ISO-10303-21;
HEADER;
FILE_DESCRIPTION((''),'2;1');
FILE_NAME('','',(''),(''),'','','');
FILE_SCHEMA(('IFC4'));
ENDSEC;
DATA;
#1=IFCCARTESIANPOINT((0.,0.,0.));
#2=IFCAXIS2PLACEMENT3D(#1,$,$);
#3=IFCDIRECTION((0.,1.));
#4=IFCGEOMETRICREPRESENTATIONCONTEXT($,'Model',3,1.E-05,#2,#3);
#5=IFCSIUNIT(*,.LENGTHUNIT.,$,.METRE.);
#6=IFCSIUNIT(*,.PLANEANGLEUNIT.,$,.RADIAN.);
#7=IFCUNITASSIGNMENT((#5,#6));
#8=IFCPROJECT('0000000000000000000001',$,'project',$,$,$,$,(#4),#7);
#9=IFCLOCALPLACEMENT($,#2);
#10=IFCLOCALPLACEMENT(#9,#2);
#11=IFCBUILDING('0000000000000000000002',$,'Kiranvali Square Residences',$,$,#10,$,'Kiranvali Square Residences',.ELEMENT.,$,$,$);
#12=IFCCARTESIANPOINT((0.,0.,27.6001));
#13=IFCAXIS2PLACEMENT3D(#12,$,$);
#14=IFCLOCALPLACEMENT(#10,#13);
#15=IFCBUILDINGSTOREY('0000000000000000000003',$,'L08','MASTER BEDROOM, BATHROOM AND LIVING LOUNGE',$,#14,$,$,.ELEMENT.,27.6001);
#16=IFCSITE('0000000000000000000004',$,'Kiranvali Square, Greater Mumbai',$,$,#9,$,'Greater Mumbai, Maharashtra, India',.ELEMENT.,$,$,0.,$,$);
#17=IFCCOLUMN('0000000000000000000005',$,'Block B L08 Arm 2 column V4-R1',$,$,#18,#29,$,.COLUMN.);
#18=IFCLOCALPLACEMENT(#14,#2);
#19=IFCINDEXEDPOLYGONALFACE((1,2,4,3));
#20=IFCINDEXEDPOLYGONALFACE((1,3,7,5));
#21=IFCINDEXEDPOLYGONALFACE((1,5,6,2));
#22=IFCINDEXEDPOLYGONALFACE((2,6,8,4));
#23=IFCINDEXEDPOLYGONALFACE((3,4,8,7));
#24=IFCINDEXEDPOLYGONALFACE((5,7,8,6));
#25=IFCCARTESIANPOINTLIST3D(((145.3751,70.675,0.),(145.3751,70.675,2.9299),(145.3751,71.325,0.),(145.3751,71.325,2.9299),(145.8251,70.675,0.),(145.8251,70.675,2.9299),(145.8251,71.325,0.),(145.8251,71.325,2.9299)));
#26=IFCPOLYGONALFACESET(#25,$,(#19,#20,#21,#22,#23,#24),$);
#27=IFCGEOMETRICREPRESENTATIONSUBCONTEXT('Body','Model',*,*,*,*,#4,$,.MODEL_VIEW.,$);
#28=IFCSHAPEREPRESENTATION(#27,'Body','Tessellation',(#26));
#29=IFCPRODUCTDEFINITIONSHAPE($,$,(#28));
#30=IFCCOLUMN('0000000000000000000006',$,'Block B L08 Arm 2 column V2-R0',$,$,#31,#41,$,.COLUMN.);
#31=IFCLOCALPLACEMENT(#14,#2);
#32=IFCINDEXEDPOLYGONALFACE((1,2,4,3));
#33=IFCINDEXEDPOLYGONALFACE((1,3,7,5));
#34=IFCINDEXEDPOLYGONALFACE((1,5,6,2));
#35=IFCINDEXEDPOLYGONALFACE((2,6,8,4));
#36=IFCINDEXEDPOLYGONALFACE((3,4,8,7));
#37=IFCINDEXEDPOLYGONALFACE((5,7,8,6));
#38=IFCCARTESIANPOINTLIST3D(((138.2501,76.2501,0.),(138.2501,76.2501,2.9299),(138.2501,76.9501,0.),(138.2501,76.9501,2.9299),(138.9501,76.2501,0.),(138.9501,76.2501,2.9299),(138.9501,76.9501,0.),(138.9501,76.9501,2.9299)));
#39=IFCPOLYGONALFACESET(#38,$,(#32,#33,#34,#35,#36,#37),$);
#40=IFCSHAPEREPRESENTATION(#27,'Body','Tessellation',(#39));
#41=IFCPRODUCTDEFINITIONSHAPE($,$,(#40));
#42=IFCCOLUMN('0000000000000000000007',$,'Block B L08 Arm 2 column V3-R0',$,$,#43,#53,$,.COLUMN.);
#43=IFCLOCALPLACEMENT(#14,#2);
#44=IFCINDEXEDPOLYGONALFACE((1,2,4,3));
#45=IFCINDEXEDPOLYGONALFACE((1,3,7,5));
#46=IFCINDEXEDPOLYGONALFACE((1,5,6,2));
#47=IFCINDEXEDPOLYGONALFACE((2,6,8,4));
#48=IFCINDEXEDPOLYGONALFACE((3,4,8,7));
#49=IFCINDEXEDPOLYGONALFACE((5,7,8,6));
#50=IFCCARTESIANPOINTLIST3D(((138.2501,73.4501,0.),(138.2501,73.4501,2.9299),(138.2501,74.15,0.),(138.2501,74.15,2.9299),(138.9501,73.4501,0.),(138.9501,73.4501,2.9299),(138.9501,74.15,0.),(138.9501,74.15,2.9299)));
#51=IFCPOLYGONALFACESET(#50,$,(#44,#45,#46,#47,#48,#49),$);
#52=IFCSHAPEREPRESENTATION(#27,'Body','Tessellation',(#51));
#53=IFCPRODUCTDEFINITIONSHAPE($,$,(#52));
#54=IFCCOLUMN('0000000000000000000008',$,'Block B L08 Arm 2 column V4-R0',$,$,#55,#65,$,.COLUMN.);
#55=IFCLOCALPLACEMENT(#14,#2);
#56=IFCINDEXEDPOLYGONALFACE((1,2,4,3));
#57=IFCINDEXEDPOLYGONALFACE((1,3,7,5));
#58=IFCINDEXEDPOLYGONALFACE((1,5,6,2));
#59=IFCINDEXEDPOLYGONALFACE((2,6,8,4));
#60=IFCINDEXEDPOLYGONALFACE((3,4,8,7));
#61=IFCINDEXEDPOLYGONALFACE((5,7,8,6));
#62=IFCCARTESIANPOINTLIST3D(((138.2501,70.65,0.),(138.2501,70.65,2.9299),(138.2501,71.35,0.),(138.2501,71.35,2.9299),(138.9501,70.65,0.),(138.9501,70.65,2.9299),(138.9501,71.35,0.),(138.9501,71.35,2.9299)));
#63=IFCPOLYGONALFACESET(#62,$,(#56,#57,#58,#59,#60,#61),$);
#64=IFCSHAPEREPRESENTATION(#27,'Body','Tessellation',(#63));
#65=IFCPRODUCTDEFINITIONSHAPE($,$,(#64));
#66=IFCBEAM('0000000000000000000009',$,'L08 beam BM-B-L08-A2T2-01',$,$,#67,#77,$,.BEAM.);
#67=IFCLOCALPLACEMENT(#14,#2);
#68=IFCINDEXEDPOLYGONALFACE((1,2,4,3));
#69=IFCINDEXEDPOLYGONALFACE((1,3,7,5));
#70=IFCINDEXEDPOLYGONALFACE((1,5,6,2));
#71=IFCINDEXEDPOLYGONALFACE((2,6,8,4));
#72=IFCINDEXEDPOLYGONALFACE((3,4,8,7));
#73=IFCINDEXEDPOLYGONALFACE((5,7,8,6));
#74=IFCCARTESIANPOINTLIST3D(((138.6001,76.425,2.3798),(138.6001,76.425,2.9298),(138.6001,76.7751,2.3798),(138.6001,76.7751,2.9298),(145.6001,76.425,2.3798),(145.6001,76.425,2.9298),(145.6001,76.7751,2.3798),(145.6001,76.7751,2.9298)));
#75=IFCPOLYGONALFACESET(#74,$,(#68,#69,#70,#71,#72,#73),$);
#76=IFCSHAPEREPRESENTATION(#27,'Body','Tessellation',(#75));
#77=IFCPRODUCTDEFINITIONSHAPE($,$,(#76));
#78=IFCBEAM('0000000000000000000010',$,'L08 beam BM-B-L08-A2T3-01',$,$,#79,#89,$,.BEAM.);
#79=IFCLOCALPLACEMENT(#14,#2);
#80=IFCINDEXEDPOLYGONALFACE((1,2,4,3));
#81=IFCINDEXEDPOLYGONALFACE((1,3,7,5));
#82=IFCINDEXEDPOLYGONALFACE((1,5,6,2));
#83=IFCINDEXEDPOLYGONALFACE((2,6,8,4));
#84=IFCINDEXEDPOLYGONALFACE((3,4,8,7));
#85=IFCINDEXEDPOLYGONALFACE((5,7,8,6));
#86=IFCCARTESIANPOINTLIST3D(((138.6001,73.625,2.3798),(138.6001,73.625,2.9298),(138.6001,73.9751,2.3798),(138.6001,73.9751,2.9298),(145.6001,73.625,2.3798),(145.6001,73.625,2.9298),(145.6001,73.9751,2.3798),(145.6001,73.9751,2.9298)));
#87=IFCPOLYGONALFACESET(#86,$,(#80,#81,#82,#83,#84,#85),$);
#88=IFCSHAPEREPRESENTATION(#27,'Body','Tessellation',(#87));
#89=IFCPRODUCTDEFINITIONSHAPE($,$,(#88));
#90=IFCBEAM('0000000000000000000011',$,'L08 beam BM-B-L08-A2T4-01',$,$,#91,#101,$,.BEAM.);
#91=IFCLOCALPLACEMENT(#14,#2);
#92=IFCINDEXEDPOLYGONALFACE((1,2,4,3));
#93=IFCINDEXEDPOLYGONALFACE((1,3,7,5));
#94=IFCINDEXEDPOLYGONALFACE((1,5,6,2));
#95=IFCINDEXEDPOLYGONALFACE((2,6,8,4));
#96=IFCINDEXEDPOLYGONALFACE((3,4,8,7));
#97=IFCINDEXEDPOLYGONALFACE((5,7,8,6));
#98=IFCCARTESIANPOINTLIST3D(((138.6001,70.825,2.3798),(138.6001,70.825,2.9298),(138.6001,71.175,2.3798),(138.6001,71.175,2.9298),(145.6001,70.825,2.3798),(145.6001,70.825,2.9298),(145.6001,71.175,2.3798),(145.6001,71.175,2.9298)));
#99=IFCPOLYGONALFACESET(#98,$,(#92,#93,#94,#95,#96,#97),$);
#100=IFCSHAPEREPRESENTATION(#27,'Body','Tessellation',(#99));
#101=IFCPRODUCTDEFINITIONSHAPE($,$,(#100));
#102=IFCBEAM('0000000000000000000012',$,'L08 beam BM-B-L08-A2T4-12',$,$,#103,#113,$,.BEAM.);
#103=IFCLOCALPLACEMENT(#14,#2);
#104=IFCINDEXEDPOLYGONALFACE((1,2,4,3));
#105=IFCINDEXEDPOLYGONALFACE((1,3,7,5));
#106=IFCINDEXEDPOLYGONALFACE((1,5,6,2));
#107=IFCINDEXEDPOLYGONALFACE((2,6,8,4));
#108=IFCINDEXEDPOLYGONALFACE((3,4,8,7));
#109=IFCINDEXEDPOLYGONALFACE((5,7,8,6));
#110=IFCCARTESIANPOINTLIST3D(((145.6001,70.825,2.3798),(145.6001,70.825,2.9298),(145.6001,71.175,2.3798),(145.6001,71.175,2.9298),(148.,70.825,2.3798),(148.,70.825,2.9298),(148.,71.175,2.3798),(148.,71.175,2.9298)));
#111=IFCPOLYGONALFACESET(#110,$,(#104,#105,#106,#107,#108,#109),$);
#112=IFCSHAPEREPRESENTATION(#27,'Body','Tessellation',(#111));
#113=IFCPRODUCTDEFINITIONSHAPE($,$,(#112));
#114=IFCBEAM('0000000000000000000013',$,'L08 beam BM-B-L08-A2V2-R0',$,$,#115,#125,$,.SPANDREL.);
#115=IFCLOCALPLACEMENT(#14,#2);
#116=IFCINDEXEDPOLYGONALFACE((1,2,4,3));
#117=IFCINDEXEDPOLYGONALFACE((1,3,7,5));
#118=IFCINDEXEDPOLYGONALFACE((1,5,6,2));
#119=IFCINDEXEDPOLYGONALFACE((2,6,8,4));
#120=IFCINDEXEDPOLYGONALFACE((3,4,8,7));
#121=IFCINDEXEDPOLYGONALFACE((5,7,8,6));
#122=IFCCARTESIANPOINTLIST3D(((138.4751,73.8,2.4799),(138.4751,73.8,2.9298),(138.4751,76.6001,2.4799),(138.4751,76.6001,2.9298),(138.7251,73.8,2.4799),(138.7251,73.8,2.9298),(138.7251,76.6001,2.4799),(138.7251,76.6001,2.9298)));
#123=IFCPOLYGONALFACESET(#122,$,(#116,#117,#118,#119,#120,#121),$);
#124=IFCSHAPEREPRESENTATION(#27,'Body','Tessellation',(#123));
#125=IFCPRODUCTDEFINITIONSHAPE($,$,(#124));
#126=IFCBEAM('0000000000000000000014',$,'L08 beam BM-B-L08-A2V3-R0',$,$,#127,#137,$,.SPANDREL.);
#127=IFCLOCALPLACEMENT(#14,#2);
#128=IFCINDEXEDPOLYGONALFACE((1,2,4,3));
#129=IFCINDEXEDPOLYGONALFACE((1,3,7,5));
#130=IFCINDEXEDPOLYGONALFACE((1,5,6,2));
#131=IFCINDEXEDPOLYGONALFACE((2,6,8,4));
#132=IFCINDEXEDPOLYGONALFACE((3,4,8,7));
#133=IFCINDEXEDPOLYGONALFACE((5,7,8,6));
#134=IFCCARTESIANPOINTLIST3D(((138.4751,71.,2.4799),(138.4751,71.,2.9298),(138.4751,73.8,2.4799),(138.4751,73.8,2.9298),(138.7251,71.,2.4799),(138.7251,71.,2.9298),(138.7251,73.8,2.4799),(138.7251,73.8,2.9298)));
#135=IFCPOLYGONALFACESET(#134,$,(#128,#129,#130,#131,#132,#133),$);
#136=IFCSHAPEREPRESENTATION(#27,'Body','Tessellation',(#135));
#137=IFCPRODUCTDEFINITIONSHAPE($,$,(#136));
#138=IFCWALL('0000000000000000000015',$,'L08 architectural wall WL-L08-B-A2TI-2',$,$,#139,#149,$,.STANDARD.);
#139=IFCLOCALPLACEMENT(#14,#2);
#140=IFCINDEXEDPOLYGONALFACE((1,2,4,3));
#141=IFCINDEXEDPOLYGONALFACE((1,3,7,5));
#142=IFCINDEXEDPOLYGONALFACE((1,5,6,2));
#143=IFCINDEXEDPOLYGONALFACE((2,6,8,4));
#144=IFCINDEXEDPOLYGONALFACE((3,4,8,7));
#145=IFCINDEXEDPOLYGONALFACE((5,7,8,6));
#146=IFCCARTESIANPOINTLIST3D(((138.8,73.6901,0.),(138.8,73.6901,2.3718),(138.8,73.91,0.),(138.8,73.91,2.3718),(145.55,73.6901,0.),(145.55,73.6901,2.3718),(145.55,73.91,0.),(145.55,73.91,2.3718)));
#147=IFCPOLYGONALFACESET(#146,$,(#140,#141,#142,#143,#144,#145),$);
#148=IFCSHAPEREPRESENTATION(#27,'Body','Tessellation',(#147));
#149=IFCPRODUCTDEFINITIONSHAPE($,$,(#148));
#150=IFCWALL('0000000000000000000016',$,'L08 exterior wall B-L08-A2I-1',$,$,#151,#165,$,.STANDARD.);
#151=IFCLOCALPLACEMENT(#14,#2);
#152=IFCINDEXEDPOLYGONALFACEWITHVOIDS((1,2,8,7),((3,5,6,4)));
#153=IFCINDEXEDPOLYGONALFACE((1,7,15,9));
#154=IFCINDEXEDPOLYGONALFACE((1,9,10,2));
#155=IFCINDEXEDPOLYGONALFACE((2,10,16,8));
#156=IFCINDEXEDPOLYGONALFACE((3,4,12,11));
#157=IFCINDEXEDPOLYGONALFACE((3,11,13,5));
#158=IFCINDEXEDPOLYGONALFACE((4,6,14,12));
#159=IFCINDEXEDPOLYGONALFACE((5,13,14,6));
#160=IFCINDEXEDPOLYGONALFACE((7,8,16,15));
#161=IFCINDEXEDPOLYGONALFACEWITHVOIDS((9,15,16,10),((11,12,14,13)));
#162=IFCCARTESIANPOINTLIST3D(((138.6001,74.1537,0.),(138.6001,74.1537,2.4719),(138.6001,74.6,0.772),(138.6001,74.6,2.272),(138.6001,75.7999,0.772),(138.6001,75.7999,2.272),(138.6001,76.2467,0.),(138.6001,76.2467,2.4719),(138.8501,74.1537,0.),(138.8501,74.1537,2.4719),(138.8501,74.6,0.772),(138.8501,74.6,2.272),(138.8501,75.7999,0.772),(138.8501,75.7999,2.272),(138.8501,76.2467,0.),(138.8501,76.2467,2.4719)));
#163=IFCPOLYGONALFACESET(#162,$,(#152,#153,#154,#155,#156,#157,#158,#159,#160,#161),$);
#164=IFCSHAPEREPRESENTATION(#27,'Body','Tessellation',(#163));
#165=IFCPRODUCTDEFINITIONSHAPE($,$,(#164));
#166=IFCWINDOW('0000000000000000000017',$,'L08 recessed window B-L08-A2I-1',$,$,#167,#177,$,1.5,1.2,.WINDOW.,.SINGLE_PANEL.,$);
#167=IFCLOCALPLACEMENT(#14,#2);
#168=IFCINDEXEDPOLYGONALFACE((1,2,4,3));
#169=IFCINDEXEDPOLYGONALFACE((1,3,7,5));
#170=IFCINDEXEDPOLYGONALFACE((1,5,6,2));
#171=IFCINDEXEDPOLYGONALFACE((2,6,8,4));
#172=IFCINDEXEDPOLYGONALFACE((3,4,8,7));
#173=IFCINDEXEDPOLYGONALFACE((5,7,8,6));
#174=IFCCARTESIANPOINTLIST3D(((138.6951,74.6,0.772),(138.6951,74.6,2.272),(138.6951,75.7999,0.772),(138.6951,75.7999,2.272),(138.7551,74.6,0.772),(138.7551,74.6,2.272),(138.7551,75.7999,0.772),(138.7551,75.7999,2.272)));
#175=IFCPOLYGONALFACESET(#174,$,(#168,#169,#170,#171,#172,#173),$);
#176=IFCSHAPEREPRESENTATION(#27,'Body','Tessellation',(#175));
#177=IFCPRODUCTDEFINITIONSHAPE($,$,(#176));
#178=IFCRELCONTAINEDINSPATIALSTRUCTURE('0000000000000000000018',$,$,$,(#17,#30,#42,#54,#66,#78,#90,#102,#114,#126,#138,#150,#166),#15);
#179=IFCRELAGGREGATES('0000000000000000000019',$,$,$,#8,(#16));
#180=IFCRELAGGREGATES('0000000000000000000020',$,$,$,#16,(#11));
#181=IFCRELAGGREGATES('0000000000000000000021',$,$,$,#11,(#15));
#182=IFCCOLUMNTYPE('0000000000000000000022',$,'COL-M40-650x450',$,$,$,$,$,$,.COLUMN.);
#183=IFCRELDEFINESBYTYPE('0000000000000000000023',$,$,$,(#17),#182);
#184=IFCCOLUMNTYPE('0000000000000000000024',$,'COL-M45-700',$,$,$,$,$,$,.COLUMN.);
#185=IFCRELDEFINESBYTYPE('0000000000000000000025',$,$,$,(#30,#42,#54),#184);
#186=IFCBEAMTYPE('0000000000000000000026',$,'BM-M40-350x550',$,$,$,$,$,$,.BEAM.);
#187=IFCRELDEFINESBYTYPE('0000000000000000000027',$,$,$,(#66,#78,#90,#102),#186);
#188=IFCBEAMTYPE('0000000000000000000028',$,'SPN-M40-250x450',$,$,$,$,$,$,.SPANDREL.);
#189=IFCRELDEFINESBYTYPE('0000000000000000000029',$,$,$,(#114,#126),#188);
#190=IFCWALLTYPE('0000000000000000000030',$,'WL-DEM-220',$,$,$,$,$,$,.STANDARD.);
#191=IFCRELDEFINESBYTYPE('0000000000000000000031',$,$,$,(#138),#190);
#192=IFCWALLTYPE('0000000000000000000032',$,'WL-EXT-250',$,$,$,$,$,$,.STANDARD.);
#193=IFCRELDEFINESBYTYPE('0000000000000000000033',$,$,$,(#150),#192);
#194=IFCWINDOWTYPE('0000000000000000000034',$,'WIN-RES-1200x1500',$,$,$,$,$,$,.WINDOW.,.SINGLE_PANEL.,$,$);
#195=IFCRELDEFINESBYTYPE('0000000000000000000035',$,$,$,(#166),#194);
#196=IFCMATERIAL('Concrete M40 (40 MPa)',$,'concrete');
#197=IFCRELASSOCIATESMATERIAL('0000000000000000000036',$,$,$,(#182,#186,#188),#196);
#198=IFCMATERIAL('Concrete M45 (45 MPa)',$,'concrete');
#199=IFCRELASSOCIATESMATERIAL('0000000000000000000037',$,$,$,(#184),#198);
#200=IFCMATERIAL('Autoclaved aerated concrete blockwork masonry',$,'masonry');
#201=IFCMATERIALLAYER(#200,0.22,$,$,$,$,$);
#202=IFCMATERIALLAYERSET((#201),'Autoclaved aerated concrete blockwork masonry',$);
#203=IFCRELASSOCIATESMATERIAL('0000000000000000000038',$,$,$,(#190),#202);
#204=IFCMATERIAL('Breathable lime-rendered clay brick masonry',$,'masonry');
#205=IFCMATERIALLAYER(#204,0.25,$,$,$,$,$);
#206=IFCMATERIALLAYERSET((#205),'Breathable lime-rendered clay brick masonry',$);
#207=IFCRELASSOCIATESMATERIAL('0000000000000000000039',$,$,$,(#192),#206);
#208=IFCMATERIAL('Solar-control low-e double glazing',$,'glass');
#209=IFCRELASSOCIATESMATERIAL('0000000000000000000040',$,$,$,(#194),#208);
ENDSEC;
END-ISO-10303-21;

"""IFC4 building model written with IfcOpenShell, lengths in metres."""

from ifc_helpers import new_model, si_unit, direction, frame, frame_2d, origin, origin_2d, place, context, subcontext, project, spatial, rectangle, extrude, material, layer, layer_set, material_profile, profile_set, type_object, element, fill, save


model = new_model("IFC4")

# Units and contexts
model_context = context("Model", 3, precision=1e-05, world=origin(), true_north=direction((0.0, 1.0)))
body_context = subcontext(model_context, "Body", "Model", "MODEL_VIEW")
ifc_project = project(units=[si_unit("LENGTHUNIT", "METRE"), si_unit("PLANEANGLEUNIT", "RADIAN")], contexts=[model_context])

# Site, building, storey
site_placement = place(None, origin())
site = spatial("IfcSite", under=ifc_project, at=site_placement, Name="Kiranvali Square, Greater Mumbai", LongName="Greater Mumbai, Maharashtra, India", CompositionType="ELEMENT", RefElevation=0.0)
building_placement = place(site_placement, origin())
building = spatial("IfcBuilding", under=site, at=building_placement, Name="Kiranvali Square Residences", LongName="Kiranvali Square Residences", CompositionType="ELEMENT")
storey_placement = place(building_placement, frame((0.0, 0.0, 27.6001)))
storey = spatial("IfcBuildingStorey", under=building, at=storey_placement, Name="L08", Description="MASTER BEDROOM, BATHROOM AND LIVING LOUNGE", CompositionType="ELEMENT", Elevation=27.6001)

# Columns
ifc_material_1 = material(Name="Concrete M40 (40 MPa)", Category="concrete")
ifc_material_profile_1 = material_profile(ifc_material_1, rectangle(XDim=0.45, YDim=0.6499, at=origin_2d()), Name="RC 650x450")
ifc_profile_set_1 = profile_set([ifc_material_profile_1], Name="Concrete M40 (40 MPa)")
column_type_1 = type_object("IfcColumnType", Name="COL-M40-650x450", PredefinedType="COLUMN", material=ifc_profile_set_1)
column_placement = place(storey_placement, frame((145.6001, 71.0, 0.0), z_axis=(0.0, 0.0, 1.0), x_axis=(1.0, 0.0, 0.0)))
element("IfcColumn", 1, at=column_placement, inside=storey, type_object=column_type_1, Name="Block B L08 Arm 2 column V4-R1", PredefinedType="COLUMN", context=body_context, shape_type="SweptSolid", body=[
    extrude(rectangle(XDim=0.45, YDim=0.6499, at=origin_2d()), origin(), (0.0, 0.0, 1.0), 2.9299),
])
ifc_material_2 = material(Name="Concrete M45 (45 MPa)", Category="concrete")
ifc_material_profile_2 = material_profile(ifc_material_2, rectangle(XDim=0.7, YDim=0.7, at=origin_2d()), Name="RC 700x700")
ifc_profile_set_2 = profile_set([ifc_material_profile_2], Name="Concrete M45 (45 MPa)")
column_type_2 = type_object("IfcColumnType", Name="COL-M45-700", PredefinedType="COLUMN", material=ifc_profile_set_2)
for number, where, z_axis, x_axis, name in (
    (2, (138.6001, 76.6001, 0.0), (0.0, 0.0, 1.0), (1.0, 0.0, 0.0), "Block B L08 Arm 2 column V2-R0"),
    (3, (138.6001, 73.8, 0.0), (0.0, 0.0, 1.0), (1.0, 0.0, 0.0), "Block B L08 Arm 2 column V3-R0"),
    (4, (138.6001, 71.0, 0.0), (0.0, 0.0, 1.0), (1.0, 0.0, 0.0), "Block B L08 Arm 2 column V4-R0"),
):
    element("IfcColumn", number, at=place(storey_placement, frame(where, z_axis=z_axis, x_axis=x_axis)), inside=storey, type_object=column_type_2, Name=name, PredefinedType="COLUMN", context=body_context, shape_type="SweptSolid", body=[
        extrude(rectangle(XDim=0.7, YDim=0.7, at=origin_2d()), origin(), (0.0, 0.0, 1.0), 2.9299),
    ])

# Beams
ifc_material_profile_3 = material_profile(ifc_material_1, rectangle(XDim=0.3501, YDim=0.55, at=origin_2d()), Name="RC 350x550")
ifc_profile_set_3 = profile_set([ifc_material_profile_3], Name="Concrete M40 (40 MPa)")
beam_type_1 = type_object("IfcBeamType", Name="BM-M40-350x550", PredefinedType="BEAM", material=ifc_profile_set_3)
for number, where, z_axis, x_axis, name in (
    (5, (138.6001, 76.6001, 2.6548), (1.0, 0.0, 0.0), (0.0, 1.0, 0.0), "L08 beam BM-B-L08-A2T2-01"),
    (6, (138.6001, 73.8, 2.6548), (1.0, 0.0, 0.0), (0.0, 1.0, 0.0), "L08 beam BM-B-L08-A2T3-01"),
    (7, (138.6001, 71.0, 2.6548), (1.0, 0.0, 0.0), (0.0, 1.0, 0.0), "L08 beam BM-B-L08-A2T4-01"),
):
    element("IfcBeam", number, at=place(storey_placement, frame(where, z_axis=z_axis, x_axis=x_axis)), inside=storey, type_object=beam_type_1, Name=name, PredefinedType="BEAM", context=body_context, shape_type="SweptSolid", body=[
        extrude(rectangle(XDim=0.3501, YDim=0.55, at=origin_2d()), origin(), (0.0, 0.0, 1.0), 7.0),
    ])
beam_placement = place(storey_placement, frame((145.6001, 71.0, 2.6548), z_axis=(1.0, 0.0, 0.0), x_axis=(0.0, 1.0, 0.0)))
element("IfcBeam", 8, at=beam_placement, inside=storey, type_object=beam_type_1, Name="L08 beam BM-B-L08-A2T4-12", PredefinedType="BEAM", context=body_context, shape_type="SweptSolid", body=[
    extrude(rectangle(XDim=0.3501, YDim=0.55, at=origin_2d()), origin(), (0.0, 0.0, 1.0), 2.3999),
])
ifc_material_profile_4 = material_profile(ifc_material_1, rectangle(XDim=0.25, YDim=0.45, at=origin_2d()), Name="RC 250x450")
ifc_profile_set_4 = profile_set([ifc_material_profile_4], Name="Concrete M40 (40 MPa)")
beam_type_2 = type_object("IfcBeamType", Name="SPN-M40-250x450", PredefinedType="SPANDREL", material=ifc_profile_set_4)
for number, where, z_axis, x_axis, name in (
    (9, (138.6001, 76.6001, 2.7048), (0.0, -1.0, 0.0), (1.0, 0.0, 0.0), "L08 beam BM-B-L08-A2V2-R0"),
    (10, (138.6001, 73.8, 2.7048), (0.0, -1.0, 0.0), (1.0, 0.0, 0.0), "L08 beam BM-B-L08-A2V3-R0"),
):
    element("IfcBeam", number, at=place(storey_placement, frame(where, z_axis=z_axis, x_axis=x_axis)), inside=storey, type_object=beam_type_2, Name=name, PredefinedType="SPANDREL", context=body_context, shape_type="SweptSolid", body=[
        extrude(rectangle(XDim=0.25, YDim=0.45, at=origin_2d()), origin(), (0.0, 0.0, 1.0), 2.8),
    ])

# Wall
ifc_material_3 = material(Name="Autoclaved aerated concrete blockwork masonry", Category="masonry")
ifc_layer_1 = layer(ifc_material_3, 0.22)
ifc_layer_set_1 = layer_set([ifc_layer_1], Name="Autoclaved aerated concrete blockwork masonry")
wall_type_1 = type_object("IfcWallType", Name="WL-DEM-220", PredefinedType="STANDARD", material=ifc_layer_set_1)
wall_1_placement = place(storey_placement, frame((138.8, 73.8, 0.0), z_axis=(0.0, 0.0, 1.0), x_axis=(1.0, 0.0, 0.0)))
element("IfcWall", 11, at=wall_1_placement, inside=storey, type_object=wall_type_1, Name="L08 architectural wall WL-L08-B-A2TI-2", PredefinedType="STANDARD", context=body_context, shape_type="SweptSolid", body=[
    extrude(rectangle(XDim=6.75, YDim=0.22, at=frame_2d((3.375, 0.0))), origin(), (0.0, 0.0, 1.0), 2.3718),
])

# Wall, opening, window
ifc_material_4 = material(Name="Breathable lime-rendered clay brick masonry", Category="masonry")
ifc_layer_2 = layer(ifc_material_4, 0.25)
ifc_layer_set_2 = layer_set([ifc_layer_2], Name="Breathable lime-rendered clay brick masonry")
wall_type_2 = type_object("IfcWallType", Name="WL-EXT-250", PredefinedType="STANDARD", material=ifc_layer_set_2)
wall_2_placement = place(storey_placement, frame((138.7251, 76.2466, 0.0), z_axis=(0.0, 0.0, 1.0), x_axis=(0.0, -1.0, 0.0)))
wall_2 = element("IfcWall", 12, at=wall_2_placement, inside=storey, type_object=wall_type_2, Name="L08 exterior wall B-L08-A2I-1", PredefinedType="STANDARD", context=body_context, shape_type="SweptSolid", body=[
    extrude(rectangle(XDim=2.093, YDim=0.25, at=frame_2d((1.0464, 0.0))), origin(), (0.0, 0.0, 1.0), 2.4719),
])
opening_1_placement = place(wall_2_placement, frame((0.4465, 0.0, 0.772)))
opening_1 = element("IfcOpeningElement", 13, at=opening_1_placement, cuts=wall_2, PredefinedType="OPENING", context=body_context, shape_type="SweptSolid", body=[
    extrude(rectangle(XDim=1.2, YDim=1.5, at=frame_2d((0.6001, 0.75))), frame((0.0, 0.135, 0.0), z_axis=(0.0, -1.0, 0.0), x_axis=(1.0, 0.0, 0.0)), (0.0, 0.0, 1.0), 0.27),
])
ifc_material_5 = material(Name="Solar-control low-e double glazing", Category="glass")
window_type_1 = type_object("IfcWindowType", Name="WIN-RES-1200x1500", PartitioningType="SINGLE_PANEL", PredefinedType="WINDOW", material=ifc_material_5)
window_1_placement = place(opening_1_placement, origin())
window_1 = element("IfcWindow", 14, at=window_1_placement, inside=storey, type_object=window_type_1, Name="L08 recessed window B-L08-A2I-1", OverallHeight=1.5, OverallWidth=1.2, PartitioningType="SINGLE_PANEL", PredefinedType="WINDOW", context=body_context, shape_type="SweptSolid", body=[
    extrude(rectangle(XDim=1.2, YDim=1.5, at=frame_2d((0.6001, 0.75))), frame((0.0, 0.03, 0.0), z_axis=(0.0, -1.0, 0.0), x_axis=(1.0, 0.0, 0.0)), (0.0, 0.0, 1.0), 0.0601),
])
fill(opening_1, window_1)

save(model, "model.ifc")
